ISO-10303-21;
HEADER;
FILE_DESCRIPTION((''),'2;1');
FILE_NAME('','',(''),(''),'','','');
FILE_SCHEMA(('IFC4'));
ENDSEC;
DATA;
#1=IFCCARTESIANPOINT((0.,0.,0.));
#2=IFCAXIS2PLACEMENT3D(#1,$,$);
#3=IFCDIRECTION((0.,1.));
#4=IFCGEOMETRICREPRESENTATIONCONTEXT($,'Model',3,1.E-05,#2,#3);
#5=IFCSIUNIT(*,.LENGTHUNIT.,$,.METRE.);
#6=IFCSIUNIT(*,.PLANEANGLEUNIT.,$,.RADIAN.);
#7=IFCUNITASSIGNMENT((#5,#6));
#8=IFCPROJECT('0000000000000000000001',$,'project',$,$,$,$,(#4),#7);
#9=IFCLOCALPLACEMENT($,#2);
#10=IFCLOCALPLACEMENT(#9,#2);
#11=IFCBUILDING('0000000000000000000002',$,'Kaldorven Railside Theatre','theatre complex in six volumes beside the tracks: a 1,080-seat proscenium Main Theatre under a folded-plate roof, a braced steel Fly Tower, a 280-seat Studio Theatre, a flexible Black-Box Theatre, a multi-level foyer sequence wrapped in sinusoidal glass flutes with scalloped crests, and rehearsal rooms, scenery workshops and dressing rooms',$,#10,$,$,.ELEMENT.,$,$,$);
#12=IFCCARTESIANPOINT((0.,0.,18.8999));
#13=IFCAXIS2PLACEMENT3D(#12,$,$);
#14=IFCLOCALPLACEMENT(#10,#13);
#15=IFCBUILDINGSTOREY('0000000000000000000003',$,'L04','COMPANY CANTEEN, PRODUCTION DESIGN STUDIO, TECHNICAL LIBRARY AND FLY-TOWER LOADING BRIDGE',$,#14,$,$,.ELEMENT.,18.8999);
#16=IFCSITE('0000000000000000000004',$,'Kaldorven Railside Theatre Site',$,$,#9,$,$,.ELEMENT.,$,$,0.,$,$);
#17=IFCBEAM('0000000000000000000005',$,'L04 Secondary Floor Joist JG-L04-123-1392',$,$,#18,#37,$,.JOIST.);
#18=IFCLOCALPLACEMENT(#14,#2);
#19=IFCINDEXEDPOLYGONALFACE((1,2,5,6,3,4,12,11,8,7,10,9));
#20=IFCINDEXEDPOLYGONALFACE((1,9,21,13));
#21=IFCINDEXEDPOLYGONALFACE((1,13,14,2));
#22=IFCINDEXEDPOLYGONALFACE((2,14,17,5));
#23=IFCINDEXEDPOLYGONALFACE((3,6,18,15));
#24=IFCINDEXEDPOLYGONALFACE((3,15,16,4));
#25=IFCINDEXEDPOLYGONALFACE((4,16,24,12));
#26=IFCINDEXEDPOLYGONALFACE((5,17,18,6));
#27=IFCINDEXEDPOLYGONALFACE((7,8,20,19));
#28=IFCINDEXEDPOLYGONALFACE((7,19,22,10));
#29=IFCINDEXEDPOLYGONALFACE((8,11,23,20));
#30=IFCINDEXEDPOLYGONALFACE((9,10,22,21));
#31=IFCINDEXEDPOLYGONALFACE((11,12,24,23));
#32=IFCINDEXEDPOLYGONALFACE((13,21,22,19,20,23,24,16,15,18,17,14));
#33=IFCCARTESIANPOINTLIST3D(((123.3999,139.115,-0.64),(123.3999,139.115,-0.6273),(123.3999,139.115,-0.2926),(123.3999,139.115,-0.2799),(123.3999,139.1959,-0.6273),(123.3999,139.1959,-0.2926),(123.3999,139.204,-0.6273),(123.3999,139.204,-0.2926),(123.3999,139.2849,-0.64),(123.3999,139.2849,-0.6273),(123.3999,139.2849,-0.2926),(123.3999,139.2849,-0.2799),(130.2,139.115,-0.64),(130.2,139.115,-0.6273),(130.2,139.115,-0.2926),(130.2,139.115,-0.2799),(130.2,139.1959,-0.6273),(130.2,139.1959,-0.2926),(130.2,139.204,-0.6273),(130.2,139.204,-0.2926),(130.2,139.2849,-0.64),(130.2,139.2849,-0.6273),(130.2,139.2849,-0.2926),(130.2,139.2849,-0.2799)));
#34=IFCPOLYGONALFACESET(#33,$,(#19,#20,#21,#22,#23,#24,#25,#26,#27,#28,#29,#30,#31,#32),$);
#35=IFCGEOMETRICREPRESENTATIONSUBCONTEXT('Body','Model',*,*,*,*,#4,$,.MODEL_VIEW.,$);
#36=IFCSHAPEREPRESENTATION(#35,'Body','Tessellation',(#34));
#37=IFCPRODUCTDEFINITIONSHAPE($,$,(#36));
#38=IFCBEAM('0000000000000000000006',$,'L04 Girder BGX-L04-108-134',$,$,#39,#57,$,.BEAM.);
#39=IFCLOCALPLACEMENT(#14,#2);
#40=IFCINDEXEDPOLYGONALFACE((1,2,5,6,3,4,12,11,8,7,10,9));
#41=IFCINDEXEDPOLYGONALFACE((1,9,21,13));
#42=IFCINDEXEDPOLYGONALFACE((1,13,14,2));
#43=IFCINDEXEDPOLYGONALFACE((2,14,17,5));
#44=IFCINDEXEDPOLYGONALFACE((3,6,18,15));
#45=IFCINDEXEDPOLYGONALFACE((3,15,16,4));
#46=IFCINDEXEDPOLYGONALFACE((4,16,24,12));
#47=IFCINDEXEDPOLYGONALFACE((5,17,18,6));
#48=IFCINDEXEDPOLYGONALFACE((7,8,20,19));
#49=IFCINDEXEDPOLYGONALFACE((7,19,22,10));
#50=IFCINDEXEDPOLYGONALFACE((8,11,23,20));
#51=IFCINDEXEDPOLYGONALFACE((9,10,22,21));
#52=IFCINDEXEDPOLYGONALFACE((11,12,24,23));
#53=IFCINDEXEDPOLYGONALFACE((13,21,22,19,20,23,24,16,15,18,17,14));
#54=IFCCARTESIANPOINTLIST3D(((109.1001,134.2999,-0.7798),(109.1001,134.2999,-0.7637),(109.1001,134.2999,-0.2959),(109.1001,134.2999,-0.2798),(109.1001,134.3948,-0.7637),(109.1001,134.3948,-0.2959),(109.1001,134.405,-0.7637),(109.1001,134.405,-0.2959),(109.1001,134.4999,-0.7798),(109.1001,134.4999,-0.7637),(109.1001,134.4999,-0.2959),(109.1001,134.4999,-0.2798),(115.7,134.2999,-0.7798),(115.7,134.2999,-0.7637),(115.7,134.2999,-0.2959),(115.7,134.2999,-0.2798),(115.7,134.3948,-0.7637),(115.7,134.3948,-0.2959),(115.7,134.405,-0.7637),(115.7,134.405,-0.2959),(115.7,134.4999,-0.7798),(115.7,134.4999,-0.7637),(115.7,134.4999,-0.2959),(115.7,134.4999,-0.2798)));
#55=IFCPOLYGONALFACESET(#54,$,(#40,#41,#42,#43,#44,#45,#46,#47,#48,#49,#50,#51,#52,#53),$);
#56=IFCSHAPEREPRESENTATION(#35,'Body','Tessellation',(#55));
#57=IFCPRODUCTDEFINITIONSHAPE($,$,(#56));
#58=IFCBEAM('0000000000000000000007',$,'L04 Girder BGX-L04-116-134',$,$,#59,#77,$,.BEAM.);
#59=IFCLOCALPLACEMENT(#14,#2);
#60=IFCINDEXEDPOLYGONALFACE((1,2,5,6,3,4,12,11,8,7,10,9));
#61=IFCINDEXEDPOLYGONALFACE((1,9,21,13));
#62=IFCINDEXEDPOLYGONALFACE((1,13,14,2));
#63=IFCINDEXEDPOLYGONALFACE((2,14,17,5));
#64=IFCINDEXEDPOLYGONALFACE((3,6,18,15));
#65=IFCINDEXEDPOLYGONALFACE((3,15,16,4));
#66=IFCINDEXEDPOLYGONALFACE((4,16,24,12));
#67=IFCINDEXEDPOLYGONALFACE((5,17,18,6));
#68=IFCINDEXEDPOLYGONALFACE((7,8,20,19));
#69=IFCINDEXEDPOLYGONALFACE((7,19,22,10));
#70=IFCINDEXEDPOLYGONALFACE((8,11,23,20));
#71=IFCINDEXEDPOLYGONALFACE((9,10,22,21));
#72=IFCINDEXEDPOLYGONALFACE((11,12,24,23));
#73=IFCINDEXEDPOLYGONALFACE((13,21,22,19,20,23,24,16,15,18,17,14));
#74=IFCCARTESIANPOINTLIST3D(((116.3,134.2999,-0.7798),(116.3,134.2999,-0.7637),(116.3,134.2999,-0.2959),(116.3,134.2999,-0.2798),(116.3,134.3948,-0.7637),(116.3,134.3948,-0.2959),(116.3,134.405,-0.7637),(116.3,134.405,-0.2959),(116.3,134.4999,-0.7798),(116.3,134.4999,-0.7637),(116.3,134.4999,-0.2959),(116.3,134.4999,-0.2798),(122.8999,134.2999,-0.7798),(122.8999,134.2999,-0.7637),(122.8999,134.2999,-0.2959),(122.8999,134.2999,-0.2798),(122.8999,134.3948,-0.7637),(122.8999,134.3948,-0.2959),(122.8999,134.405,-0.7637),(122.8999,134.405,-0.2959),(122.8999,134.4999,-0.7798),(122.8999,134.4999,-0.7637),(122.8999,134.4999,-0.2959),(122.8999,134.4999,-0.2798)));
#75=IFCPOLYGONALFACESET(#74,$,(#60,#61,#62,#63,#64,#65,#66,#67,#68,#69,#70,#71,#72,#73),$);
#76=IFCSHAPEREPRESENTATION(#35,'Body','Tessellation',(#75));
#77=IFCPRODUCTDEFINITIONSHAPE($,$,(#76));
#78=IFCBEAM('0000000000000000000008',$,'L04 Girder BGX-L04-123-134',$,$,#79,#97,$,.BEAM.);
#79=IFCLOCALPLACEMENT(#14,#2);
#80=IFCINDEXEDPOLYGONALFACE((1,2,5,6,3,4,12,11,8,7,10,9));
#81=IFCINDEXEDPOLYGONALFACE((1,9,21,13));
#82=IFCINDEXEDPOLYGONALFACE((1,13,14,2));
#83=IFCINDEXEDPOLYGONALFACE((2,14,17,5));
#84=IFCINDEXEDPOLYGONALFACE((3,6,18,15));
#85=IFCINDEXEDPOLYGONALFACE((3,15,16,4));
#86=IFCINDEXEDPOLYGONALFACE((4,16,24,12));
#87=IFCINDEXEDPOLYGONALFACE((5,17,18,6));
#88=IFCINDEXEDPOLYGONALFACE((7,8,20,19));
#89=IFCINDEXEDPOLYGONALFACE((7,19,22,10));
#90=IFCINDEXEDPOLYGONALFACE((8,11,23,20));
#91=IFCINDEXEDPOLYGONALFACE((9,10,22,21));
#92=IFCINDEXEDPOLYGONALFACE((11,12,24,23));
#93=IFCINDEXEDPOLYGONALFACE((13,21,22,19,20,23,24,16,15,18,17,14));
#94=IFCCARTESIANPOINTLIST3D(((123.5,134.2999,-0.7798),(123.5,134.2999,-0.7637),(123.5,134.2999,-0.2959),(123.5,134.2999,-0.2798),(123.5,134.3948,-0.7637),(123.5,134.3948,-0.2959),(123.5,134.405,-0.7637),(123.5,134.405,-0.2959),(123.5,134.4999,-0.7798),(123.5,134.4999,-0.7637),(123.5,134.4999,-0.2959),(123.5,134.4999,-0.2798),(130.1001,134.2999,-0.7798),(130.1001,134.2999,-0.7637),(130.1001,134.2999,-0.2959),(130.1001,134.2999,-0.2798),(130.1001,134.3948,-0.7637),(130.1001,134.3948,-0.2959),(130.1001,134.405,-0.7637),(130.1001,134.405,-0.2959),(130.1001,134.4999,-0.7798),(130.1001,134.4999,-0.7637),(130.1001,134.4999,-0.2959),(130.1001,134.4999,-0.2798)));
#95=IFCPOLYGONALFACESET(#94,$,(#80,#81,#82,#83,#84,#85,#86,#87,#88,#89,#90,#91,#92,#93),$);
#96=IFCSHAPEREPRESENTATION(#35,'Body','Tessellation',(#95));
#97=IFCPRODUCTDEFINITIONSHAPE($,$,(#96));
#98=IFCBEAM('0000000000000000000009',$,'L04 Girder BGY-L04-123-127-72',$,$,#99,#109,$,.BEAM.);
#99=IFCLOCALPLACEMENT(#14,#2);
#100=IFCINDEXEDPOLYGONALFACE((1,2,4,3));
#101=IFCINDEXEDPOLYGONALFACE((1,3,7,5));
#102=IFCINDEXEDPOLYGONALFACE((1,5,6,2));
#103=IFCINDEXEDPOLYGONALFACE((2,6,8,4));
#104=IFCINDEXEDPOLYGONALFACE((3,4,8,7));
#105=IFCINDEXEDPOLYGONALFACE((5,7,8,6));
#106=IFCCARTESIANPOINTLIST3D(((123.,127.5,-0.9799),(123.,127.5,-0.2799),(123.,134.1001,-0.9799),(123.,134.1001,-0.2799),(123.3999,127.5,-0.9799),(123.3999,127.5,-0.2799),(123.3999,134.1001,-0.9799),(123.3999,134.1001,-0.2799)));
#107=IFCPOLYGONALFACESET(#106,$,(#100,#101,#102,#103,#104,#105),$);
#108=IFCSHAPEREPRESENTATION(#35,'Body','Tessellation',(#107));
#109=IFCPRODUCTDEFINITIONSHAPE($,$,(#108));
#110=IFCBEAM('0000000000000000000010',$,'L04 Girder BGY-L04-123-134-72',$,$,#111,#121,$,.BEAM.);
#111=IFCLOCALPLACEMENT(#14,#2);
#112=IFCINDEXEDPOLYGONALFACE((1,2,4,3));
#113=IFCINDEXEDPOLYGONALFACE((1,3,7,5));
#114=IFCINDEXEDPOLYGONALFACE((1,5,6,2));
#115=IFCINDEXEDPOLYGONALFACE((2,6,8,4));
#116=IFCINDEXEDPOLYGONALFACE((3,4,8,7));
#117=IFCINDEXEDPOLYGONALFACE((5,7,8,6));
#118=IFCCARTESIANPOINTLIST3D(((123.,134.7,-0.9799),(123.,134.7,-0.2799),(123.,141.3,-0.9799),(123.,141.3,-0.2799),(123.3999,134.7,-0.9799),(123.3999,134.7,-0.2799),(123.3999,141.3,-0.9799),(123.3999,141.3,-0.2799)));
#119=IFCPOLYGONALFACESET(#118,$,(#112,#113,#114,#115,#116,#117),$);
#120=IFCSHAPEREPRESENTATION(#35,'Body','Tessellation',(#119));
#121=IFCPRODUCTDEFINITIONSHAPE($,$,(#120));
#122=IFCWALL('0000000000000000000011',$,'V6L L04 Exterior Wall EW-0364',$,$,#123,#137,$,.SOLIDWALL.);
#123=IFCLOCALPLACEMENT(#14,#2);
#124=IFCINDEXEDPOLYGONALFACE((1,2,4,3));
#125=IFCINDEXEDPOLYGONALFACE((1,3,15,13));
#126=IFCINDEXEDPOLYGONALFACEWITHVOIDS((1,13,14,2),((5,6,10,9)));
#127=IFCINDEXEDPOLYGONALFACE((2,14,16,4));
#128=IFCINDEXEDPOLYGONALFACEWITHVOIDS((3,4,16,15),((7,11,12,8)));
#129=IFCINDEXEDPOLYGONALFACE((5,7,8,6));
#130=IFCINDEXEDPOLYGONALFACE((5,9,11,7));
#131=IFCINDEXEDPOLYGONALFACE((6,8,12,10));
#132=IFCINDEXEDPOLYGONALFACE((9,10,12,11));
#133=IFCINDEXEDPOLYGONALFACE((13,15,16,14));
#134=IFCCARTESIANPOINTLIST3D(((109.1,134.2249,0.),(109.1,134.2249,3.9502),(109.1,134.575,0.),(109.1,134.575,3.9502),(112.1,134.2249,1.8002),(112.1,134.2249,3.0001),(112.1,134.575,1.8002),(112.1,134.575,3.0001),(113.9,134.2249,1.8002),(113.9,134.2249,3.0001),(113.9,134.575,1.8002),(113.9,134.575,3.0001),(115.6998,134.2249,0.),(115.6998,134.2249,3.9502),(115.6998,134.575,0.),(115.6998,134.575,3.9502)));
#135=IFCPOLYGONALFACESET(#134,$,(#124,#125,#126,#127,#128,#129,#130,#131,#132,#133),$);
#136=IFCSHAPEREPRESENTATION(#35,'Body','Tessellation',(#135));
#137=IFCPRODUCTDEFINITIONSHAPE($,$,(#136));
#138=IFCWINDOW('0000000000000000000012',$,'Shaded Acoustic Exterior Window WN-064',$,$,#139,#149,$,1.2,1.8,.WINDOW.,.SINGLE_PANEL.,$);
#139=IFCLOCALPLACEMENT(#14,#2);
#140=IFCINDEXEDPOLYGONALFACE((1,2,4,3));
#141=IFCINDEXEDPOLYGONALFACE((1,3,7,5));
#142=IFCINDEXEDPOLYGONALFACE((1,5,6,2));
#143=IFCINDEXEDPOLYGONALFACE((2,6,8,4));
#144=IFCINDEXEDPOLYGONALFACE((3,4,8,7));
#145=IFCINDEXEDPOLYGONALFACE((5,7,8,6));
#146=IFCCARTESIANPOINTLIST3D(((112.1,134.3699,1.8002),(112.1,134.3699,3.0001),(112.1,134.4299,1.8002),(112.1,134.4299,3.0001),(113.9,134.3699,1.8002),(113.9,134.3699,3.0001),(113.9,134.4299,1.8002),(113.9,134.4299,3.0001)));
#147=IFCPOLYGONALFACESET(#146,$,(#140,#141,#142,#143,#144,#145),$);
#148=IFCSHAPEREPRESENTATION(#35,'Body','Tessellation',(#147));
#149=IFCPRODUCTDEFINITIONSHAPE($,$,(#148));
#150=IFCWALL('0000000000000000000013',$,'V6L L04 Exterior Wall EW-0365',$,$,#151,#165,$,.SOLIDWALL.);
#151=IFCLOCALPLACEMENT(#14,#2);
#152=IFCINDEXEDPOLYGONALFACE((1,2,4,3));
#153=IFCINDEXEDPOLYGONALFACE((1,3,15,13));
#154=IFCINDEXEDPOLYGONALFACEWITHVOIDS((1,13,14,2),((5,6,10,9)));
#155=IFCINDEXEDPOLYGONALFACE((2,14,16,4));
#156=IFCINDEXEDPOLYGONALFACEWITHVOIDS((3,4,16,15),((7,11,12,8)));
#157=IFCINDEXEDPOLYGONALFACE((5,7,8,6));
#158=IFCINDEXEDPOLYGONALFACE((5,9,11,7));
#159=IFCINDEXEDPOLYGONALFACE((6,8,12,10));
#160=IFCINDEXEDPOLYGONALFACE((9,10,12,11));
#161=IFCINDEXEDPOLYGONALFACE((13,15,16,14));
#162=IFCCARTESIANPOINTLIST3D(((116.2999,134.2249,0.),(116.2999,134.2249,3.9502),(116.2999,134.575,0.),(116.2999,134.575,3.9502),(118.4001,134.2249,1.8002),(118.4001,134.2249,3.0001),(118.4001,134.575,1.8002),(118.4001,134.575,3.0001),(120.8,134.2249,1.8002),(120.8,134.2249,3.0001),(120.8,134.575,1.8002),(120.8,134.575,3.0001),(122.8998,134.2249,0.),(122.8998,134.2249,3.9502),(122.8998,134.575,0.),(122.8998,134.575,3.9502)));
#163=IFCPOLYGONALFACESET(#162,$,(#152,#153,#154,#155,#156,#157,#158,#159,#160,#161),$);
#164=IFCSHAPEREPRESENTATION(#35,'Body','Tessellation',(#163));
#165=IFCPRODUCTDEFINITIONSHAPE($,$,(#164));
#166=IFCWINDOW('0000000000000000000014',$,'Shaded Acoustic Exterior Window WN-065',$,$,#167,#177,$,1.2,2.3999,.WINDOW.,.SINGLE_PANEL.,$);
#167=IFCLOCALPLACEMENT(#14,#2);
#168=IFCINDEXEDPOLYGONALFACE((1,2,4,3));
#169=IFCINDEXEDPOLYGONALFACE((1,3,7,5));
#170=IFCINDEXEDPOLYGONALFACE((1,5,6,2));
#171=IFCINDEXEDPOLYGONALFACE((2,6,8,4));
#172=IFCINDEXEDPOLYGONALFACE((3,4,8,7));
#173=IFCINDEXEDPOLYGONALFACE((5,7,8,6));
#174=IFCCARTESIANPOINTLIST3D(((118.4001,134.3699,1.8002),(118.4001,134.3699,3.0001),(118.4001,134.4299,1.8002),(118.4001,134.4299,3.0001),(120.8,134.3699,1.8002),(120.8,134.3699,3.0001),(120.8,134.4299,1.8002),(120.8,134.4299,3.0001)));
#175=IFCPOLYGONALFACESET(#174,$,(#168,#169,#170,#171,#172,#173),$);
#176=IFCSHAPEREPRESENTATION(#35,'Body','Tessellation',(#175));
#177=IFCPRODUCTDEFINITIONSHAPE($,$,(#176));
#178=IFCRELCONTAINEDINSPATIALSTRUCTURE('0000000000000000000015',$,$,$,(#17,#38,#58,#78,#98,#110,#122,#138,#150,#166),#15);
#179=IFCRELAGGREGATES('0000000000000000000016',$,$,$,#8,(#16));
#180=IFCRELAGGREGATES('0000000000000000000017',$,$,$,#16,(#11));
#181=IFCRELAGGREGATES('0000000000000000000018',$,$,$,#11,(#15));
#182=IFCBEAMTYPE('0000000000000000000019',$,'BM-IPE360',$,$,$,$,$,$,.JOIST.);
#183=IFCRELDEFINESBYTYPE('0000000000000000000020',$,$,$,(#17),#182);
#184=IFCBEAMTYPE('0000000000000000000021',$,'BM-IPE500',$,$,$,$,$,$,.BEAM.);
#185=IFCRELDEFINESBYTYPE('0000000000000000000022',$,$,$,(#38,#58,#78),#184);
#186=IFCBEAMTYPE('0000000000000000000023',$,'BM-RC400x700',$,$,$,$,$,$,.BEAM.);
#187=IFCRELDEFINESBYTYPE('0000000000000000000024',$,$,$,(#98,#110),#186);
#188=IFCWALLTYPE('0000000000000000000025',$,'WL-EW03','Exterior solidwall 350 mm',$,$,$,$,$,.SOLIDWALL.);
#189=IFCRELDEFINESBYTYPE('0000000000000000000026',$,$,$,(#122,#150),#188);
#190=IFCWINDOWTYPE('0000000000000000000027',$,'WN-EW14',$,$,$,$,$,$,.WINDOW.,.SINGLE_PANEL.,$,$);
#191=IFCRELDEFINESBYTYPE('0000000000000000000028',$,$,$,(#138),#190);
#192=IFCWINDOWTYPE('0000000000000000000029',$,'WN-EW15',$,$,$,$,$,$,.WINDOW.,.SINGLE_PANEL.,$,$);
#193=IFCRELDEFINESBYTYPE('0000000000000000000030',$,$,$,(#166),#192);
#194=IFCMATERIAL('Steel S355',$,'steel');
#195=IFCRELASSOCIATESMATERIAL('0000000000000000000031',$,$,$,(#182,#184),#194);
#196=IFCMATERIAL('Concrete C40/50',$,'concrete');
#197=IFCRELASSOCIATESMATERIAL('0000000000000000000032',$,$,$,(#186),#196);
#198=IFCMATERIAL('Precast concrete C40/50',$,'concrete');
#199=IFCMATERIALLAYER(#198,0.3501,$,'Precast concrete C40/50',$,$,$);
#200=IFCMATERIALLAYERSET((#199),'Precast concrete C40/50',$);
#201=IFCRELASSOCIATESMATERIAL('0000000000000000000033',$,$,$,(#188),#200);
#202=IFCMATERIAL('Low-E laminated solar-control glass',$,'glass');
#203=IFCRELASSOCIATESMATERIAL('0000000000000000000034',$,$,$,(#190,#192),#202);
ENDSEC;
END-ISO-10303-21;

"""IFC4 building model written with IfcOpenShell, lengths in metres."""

from ifc_helpers import new_model, si_unit, direction, frame, frame_2d, origin, origin_2d, place, context, subcontext, project, spatial, rectangle, i_section, extrude, material, layer, layer_set, material_profile, profile_set, type_object, element, fill, save


model = new_model("IFC4")

# Units and contexts
model_context = context("Model", 3, precision=1e-05, world=origin(), true_north=direction((0.0, 1.0)))
body_context = subcontext(model_context, "Body", "Model", "MODEL_VIEW")
ifc_project = project(units=[si_unit("LENGTHUNIT", "METRE"), si_unit("PLANEANGLEUNIT", "RADIAN")], contexts=[model_context])

# Site, building, storey
site_placement = place(None, origin())
site = spatial("IfcSite", under=ifc_project, at=site_placement, Name="Kaldorven Railside Theatre Site", CompositionType="ELEMENT", RefElevation=0.0)
building_placement = place(site_placement, origin())
building = spatial("IfcBuilding", under=site, at=building_placement, Name="Kaldorven Railside Theatre", Description="theatre complex in six volumes beside the tracks: a 1,080-seat proscenium Main Theatre under a folded-plate roof, a braced steel Fly Tower, a 280-seat Studio Theatre, a flexible Black-Box Theatre, a multi-level foyer sequence wrapped in sinusoidal glass flutes with scalloped crests, and rehearsal rooms, scenery workshops and dressing rooms", CompositionType="ELEMENT")
storey_placement = place(building_placement, frame((0.0, 0.0, 18.8999)))
storey = spatial("IfcBuildingStorey", under=building, at=storey_placement, Name="L04", Description="COMPANY CANTEEN, PRODUCTION DESIGN STUDIO, TECHNICAL LIBRARY AND FLY-TOWER LOADING BRIDGE", CompositionType="ELEMENT", Elevation=18.8999)

# Shared definitions
ifc_material_1 = material(Name="Concrete C40/50", Category="concrete")

# Beams
ifc_material_2 = material(Name="Steel S355", Category="steel")
ifc_material_profile_1 = material_profile(ifc_material_2, i_section(OverallWidth=0.1699, OverallDepth=0.3601, WebThickness=0.0081, FlangeThickness=0.0127, at=origin_2d()), Name="IPE 360")
ifc_profile_set_1 = profile_set([ifc_material_profile_1], Name="Steel S355")
beam_type_1 = type_object("IfcBeamType", Name="BM-IPE360", PredefinedType="JOIST", material=ifc_profile_set_1)
for number, where, z_axis, x_axis, name in (
    (1, (123.3999, 139.2, -0.46), (1.0, 0.0, 0.0), (0.0, 1.0, 0.0), "L04 Secondary Floor Joist JG-L04-123-1392"),
):
    element("IfcBeam", number, at=place(storey_placement, frame(where, z_axis=z_axis, x_axis=x_axis)), inside=storey, type_object=beam_type_1, Name=name, PredefinedType="JOIST", context=body_context, shape_type="SweptSolid", body=[
        extrude(i_section(OverallWidth=0.1699, OverallDepth=0.3601, WebThickness=0.0081, FlangeThickness=0.0127, at=origin_2d()), origin(), (0.0, 0.0, 1.0), 6.8),
    ])
ifc_material_profile_2 = material_profile(ifc_material_2, i_section(OverallWidth=0.2, OverallDepth=0.5, WebThickness=0.0103, FlangeThickness=0.0161, at=origin_2d()), Name="IPE 500")
ifc_profile_set_2 = profile_set([ifc_material_profile_2], Name="Steel S355")
beam_type_2 = type_object("IfcBeamType", Name="BM-IPE500", PredefinedType="BEAM", material=ifc_profile_set_2)
for number, where, z_axis, x_axis, name in (
    (2, (109.1001, 134.3999, -0.5298), (1.0, 0.0, 0.0), (0.0, 1.0, 0.0), "L04 Girder BGX-L04-108-134"),
    (3, (116.3, 134.3999, -0.5298), (1.0, 0.0, 0.0), (0.0, 1.0, 0.0), "L04 Girder BGX-L04-116-134"),
):
    element("IfcBeam", number, at=place(storey_placement, frame(where, z_axis=z_axis, x_axis=x_axis)), inside=storey, type_object=beam_type_2, Name=name, PredefinedType="BEAM", context=body_context, shape_type="SweptSolid", body=[
        extrude(i_section(OverallWidth=0.2, OverallDepth=0.5, WebThickness=0.0103, FlangeThickness=0.0161, at=origin_2d()), origin(), (0.0, 0.0, 1.0), 6.5999),
    ])
beam_1_placement = place(storey_placement, frame((123.5, 134.3999, -0.5298), z_axis=(1.0, 0.0, 0.0), x_axis=(0.0, 1.0, 0.0)))
element("IfcBeam", 4, at=beam_1_placement, inside=storey, type_object=beam_type_2, Name="L04 Girder BGX-L04-123-134", PredefinedType="BEAM", context=body_context, shape_type="SweptSolid", body=[
    extrude(i_section(OverallWidth=0.2, OverallDepth=0.5, WebThickness=0.0103, FlangeThickness=0.0161, at=origin_2d()), origin(), (0.0, 0.0, 1.0), 6.6001),
])
ifc_material_profile_3 = material_profile(ifc_material_1, rectangle(XDim=0.3999, YDim=0.7, at=origin_2d()), Name="RC 400x700")
ifc_profile_set_3 = profile_set([ifc_material_profile_3], Name="Concrete C40/50")
beam_type_3 = type_object("IfcBeamType", Name="BM-RC400x700", PredefinedType="BEAM", material=ifc_profile_set_3)
for number, where, z_axis, x_axis, name in (
    (5, (123.2, 127.5, -0.6299), (0.0, 1.0, 0.0), (-1.0, 0.0, 0.0), "L04 Girder BGY-L04-123-127-72"),
    (6, (123.2, 134.7, -0.6299), (0.0, 1.0, 0.0), (-1.0, 0.0, 0.0), "L04 Girder BGY-L04-123-134-72"),
):
    element("IfcBeam", number, at=place(storey_placement, frame(where, z_axis=z_axis, x_axis=x_axis)), inside=storey, type_object=beam_type_3, Name=name, PredefinedType="BEAM", context=body_context, shape_type="SweptSolid", body=[
        extrude(rectangle(XDim=0.3999, YDim=0.7, at=origin_2d()), origin(), (0.0, 0.0, 1.0), 6.6001),
    ])

# Walls, openings, windows
ifc_material_3 = material(Name="Precast concrete C40/50", Category="concrete")
ifc_layer = layer(ifc_material_3, 0.3501, Name="Precast concrete C40/50")
ifc_layer_set = layer_set([ifc_layer], Name="Precast concrete C40/50")
wall_type = type_object("IfcWallType", Name="WL-EW03", Description="Exterior solidwall 350 mm", PredefinedType="SOLIDWALL", material=ifc_layer_set)
wall_1_placement = place(storey_placement, frame((109.1001, 134.3999, 0.0), z_axis=(0.0, 0.0, 1.0), x_axis=(1.0, 0.0, 0.0)))
wall_1 = element("IfcWall", 7, at=wall_1_placement, inside=storey, type_object=wall_type, Name="V6L L04 Exterior Wall EW-0364", PredefinedType="SOLIDWALL", context=body_context, shape_type="SweptSolid", body=[
    extrude(rectangle(XDim=6.5999, YDim=0.3501, at=frame_2d((3.2998, 0.0))), origin(), (0.0, 0.0, 1.0), 3.9502),
])
opening_1_placement = place(wall_1_placement, frame((3.0, 0.0, 1.8)))
opening_1 = element("IfcOpeningElement", 8, at=opening_1_placement, cuts=wall_1, PredefinedType="OPENING", context=body_context, shape_type="SweptSolid", body=[
    extrude(rectangle(XDim=1.8, YDim=1.2, at=frame_2d((0.8999, 0.6001))), frame((0.0, 0.1851, 0.0), z_axis=(0.0, -1.0, 0.0), x_axis=(1.0, 0.0, 0.0)), (0.0, 0.0, 1.0), 0.3701),
])
ifc_material_4 = material(Name="Low-E laminated solar-control glass", Category="glass")
window_type_1 = type_object("IfcWindowType", Name="WN-EW14", PartitioningType="SINGLE_PANEL", PredefinedType="WINDOW", material=ifc_material_4)
window_1_placement = place(opening_1_placement, origin())
window_1 = element("IfcWindow", 9, at=window_1_placement, inside=storey, type_object=window_type_1, Name="Shaded Acoustic Exterior Window WN-064", OverallHeight=1.2, OverallWidth=1.8, PartitioningType="SINGLE_PANEL", PredefinedType="WINDOW", context=body_context, shape_type="SweptSolid", body=[
    extrude(rectangle(XDim=1.8, YDim=1.2, at=frame_2d((0.8999, 0.6001))), frame((0.0, 0.03, 0.0), z_axis=(0.0, -1.0, 0.0), x_axis=(1.0, 0.0, 0.0)), (0.0, 0.0, 1.0), 0.0601),
])
fill(opening_1, window_1)
wall_2_placement = place(storey_placement, frame((116.3, 134.3999, 0.0), z_axis=(0.0, 0.0, 1.0), x_axis=(1.0, 0.0, 0.0)))
wall_2 = element("IfcWall", 10, at=wall_2_placement, inside=storey, type_object=wall_type, Name="V6L L04 Exterior Wall EW-0365", PredefinedType="SOLIDWALL", context=body_context, shape_type="SweptSolid", body=[
    extrude(rectangle(XDim=6.5999, YDim=0.3501, at=frame_2d((3.2998, 0.0))), origin(), (0.0, 0.0, 1.0), 3.9502),
])
opening_2_placement = place(wall_2_placement, frame((2.1001, 0.0, 1.8)))
opening_2 = element("IfcOpeningElement", 11, at=opening_2_placement, cuts=wall_2, PredefinedType="OPENING", context=body_context, shape_type="SweptSolid", body=[
    extrude(rectangle(XDim=2.3999, YDim=1.2, at=frame_2d((1.2, 0.6001))), frame((0.0, 0.1851, 0.0), z_axis=(0.0, -1.0, 0.0), x_axis=(1.0, 0.0, 0.0)), (0.0, 0.0, 1.0), 0.3701),
])
window_type_2 = type_object("IfcWindowType", Name="WN-EW15", PartitioningType="SINGLE_PANEL", PredefinedType="WINDOW", material=ifc_material_4)
window_2_placement = place(opening_2_placement, origin())
window_2 = element("IfcWindow", 12, at=window_2_placement, inside=storey, type_object=window_type_2, Name="Shaded Acoustic Exterior Window WN-065", OverallHeight=1.2, OverallWidth=2.3999, PartitioningType="SINGLE_PANEL", PredefinedType="WINDOW", context=body_context, shape_type="SweptSolid", body=[
    extrude(rectangle(XDim=2.3999, YDim=1.2, at=frame_2d((1.2, 0.6001))), frame((0.0, 0.03, 0.0), z_axis=(0.0, -1.0, 0.0), x_axis=(1.0, 0.0, 0.0)), (0.0, 0.0, 1.0), 0.0601),
])
fill(opening_2, window_2)

save(model, "model.ifc")
